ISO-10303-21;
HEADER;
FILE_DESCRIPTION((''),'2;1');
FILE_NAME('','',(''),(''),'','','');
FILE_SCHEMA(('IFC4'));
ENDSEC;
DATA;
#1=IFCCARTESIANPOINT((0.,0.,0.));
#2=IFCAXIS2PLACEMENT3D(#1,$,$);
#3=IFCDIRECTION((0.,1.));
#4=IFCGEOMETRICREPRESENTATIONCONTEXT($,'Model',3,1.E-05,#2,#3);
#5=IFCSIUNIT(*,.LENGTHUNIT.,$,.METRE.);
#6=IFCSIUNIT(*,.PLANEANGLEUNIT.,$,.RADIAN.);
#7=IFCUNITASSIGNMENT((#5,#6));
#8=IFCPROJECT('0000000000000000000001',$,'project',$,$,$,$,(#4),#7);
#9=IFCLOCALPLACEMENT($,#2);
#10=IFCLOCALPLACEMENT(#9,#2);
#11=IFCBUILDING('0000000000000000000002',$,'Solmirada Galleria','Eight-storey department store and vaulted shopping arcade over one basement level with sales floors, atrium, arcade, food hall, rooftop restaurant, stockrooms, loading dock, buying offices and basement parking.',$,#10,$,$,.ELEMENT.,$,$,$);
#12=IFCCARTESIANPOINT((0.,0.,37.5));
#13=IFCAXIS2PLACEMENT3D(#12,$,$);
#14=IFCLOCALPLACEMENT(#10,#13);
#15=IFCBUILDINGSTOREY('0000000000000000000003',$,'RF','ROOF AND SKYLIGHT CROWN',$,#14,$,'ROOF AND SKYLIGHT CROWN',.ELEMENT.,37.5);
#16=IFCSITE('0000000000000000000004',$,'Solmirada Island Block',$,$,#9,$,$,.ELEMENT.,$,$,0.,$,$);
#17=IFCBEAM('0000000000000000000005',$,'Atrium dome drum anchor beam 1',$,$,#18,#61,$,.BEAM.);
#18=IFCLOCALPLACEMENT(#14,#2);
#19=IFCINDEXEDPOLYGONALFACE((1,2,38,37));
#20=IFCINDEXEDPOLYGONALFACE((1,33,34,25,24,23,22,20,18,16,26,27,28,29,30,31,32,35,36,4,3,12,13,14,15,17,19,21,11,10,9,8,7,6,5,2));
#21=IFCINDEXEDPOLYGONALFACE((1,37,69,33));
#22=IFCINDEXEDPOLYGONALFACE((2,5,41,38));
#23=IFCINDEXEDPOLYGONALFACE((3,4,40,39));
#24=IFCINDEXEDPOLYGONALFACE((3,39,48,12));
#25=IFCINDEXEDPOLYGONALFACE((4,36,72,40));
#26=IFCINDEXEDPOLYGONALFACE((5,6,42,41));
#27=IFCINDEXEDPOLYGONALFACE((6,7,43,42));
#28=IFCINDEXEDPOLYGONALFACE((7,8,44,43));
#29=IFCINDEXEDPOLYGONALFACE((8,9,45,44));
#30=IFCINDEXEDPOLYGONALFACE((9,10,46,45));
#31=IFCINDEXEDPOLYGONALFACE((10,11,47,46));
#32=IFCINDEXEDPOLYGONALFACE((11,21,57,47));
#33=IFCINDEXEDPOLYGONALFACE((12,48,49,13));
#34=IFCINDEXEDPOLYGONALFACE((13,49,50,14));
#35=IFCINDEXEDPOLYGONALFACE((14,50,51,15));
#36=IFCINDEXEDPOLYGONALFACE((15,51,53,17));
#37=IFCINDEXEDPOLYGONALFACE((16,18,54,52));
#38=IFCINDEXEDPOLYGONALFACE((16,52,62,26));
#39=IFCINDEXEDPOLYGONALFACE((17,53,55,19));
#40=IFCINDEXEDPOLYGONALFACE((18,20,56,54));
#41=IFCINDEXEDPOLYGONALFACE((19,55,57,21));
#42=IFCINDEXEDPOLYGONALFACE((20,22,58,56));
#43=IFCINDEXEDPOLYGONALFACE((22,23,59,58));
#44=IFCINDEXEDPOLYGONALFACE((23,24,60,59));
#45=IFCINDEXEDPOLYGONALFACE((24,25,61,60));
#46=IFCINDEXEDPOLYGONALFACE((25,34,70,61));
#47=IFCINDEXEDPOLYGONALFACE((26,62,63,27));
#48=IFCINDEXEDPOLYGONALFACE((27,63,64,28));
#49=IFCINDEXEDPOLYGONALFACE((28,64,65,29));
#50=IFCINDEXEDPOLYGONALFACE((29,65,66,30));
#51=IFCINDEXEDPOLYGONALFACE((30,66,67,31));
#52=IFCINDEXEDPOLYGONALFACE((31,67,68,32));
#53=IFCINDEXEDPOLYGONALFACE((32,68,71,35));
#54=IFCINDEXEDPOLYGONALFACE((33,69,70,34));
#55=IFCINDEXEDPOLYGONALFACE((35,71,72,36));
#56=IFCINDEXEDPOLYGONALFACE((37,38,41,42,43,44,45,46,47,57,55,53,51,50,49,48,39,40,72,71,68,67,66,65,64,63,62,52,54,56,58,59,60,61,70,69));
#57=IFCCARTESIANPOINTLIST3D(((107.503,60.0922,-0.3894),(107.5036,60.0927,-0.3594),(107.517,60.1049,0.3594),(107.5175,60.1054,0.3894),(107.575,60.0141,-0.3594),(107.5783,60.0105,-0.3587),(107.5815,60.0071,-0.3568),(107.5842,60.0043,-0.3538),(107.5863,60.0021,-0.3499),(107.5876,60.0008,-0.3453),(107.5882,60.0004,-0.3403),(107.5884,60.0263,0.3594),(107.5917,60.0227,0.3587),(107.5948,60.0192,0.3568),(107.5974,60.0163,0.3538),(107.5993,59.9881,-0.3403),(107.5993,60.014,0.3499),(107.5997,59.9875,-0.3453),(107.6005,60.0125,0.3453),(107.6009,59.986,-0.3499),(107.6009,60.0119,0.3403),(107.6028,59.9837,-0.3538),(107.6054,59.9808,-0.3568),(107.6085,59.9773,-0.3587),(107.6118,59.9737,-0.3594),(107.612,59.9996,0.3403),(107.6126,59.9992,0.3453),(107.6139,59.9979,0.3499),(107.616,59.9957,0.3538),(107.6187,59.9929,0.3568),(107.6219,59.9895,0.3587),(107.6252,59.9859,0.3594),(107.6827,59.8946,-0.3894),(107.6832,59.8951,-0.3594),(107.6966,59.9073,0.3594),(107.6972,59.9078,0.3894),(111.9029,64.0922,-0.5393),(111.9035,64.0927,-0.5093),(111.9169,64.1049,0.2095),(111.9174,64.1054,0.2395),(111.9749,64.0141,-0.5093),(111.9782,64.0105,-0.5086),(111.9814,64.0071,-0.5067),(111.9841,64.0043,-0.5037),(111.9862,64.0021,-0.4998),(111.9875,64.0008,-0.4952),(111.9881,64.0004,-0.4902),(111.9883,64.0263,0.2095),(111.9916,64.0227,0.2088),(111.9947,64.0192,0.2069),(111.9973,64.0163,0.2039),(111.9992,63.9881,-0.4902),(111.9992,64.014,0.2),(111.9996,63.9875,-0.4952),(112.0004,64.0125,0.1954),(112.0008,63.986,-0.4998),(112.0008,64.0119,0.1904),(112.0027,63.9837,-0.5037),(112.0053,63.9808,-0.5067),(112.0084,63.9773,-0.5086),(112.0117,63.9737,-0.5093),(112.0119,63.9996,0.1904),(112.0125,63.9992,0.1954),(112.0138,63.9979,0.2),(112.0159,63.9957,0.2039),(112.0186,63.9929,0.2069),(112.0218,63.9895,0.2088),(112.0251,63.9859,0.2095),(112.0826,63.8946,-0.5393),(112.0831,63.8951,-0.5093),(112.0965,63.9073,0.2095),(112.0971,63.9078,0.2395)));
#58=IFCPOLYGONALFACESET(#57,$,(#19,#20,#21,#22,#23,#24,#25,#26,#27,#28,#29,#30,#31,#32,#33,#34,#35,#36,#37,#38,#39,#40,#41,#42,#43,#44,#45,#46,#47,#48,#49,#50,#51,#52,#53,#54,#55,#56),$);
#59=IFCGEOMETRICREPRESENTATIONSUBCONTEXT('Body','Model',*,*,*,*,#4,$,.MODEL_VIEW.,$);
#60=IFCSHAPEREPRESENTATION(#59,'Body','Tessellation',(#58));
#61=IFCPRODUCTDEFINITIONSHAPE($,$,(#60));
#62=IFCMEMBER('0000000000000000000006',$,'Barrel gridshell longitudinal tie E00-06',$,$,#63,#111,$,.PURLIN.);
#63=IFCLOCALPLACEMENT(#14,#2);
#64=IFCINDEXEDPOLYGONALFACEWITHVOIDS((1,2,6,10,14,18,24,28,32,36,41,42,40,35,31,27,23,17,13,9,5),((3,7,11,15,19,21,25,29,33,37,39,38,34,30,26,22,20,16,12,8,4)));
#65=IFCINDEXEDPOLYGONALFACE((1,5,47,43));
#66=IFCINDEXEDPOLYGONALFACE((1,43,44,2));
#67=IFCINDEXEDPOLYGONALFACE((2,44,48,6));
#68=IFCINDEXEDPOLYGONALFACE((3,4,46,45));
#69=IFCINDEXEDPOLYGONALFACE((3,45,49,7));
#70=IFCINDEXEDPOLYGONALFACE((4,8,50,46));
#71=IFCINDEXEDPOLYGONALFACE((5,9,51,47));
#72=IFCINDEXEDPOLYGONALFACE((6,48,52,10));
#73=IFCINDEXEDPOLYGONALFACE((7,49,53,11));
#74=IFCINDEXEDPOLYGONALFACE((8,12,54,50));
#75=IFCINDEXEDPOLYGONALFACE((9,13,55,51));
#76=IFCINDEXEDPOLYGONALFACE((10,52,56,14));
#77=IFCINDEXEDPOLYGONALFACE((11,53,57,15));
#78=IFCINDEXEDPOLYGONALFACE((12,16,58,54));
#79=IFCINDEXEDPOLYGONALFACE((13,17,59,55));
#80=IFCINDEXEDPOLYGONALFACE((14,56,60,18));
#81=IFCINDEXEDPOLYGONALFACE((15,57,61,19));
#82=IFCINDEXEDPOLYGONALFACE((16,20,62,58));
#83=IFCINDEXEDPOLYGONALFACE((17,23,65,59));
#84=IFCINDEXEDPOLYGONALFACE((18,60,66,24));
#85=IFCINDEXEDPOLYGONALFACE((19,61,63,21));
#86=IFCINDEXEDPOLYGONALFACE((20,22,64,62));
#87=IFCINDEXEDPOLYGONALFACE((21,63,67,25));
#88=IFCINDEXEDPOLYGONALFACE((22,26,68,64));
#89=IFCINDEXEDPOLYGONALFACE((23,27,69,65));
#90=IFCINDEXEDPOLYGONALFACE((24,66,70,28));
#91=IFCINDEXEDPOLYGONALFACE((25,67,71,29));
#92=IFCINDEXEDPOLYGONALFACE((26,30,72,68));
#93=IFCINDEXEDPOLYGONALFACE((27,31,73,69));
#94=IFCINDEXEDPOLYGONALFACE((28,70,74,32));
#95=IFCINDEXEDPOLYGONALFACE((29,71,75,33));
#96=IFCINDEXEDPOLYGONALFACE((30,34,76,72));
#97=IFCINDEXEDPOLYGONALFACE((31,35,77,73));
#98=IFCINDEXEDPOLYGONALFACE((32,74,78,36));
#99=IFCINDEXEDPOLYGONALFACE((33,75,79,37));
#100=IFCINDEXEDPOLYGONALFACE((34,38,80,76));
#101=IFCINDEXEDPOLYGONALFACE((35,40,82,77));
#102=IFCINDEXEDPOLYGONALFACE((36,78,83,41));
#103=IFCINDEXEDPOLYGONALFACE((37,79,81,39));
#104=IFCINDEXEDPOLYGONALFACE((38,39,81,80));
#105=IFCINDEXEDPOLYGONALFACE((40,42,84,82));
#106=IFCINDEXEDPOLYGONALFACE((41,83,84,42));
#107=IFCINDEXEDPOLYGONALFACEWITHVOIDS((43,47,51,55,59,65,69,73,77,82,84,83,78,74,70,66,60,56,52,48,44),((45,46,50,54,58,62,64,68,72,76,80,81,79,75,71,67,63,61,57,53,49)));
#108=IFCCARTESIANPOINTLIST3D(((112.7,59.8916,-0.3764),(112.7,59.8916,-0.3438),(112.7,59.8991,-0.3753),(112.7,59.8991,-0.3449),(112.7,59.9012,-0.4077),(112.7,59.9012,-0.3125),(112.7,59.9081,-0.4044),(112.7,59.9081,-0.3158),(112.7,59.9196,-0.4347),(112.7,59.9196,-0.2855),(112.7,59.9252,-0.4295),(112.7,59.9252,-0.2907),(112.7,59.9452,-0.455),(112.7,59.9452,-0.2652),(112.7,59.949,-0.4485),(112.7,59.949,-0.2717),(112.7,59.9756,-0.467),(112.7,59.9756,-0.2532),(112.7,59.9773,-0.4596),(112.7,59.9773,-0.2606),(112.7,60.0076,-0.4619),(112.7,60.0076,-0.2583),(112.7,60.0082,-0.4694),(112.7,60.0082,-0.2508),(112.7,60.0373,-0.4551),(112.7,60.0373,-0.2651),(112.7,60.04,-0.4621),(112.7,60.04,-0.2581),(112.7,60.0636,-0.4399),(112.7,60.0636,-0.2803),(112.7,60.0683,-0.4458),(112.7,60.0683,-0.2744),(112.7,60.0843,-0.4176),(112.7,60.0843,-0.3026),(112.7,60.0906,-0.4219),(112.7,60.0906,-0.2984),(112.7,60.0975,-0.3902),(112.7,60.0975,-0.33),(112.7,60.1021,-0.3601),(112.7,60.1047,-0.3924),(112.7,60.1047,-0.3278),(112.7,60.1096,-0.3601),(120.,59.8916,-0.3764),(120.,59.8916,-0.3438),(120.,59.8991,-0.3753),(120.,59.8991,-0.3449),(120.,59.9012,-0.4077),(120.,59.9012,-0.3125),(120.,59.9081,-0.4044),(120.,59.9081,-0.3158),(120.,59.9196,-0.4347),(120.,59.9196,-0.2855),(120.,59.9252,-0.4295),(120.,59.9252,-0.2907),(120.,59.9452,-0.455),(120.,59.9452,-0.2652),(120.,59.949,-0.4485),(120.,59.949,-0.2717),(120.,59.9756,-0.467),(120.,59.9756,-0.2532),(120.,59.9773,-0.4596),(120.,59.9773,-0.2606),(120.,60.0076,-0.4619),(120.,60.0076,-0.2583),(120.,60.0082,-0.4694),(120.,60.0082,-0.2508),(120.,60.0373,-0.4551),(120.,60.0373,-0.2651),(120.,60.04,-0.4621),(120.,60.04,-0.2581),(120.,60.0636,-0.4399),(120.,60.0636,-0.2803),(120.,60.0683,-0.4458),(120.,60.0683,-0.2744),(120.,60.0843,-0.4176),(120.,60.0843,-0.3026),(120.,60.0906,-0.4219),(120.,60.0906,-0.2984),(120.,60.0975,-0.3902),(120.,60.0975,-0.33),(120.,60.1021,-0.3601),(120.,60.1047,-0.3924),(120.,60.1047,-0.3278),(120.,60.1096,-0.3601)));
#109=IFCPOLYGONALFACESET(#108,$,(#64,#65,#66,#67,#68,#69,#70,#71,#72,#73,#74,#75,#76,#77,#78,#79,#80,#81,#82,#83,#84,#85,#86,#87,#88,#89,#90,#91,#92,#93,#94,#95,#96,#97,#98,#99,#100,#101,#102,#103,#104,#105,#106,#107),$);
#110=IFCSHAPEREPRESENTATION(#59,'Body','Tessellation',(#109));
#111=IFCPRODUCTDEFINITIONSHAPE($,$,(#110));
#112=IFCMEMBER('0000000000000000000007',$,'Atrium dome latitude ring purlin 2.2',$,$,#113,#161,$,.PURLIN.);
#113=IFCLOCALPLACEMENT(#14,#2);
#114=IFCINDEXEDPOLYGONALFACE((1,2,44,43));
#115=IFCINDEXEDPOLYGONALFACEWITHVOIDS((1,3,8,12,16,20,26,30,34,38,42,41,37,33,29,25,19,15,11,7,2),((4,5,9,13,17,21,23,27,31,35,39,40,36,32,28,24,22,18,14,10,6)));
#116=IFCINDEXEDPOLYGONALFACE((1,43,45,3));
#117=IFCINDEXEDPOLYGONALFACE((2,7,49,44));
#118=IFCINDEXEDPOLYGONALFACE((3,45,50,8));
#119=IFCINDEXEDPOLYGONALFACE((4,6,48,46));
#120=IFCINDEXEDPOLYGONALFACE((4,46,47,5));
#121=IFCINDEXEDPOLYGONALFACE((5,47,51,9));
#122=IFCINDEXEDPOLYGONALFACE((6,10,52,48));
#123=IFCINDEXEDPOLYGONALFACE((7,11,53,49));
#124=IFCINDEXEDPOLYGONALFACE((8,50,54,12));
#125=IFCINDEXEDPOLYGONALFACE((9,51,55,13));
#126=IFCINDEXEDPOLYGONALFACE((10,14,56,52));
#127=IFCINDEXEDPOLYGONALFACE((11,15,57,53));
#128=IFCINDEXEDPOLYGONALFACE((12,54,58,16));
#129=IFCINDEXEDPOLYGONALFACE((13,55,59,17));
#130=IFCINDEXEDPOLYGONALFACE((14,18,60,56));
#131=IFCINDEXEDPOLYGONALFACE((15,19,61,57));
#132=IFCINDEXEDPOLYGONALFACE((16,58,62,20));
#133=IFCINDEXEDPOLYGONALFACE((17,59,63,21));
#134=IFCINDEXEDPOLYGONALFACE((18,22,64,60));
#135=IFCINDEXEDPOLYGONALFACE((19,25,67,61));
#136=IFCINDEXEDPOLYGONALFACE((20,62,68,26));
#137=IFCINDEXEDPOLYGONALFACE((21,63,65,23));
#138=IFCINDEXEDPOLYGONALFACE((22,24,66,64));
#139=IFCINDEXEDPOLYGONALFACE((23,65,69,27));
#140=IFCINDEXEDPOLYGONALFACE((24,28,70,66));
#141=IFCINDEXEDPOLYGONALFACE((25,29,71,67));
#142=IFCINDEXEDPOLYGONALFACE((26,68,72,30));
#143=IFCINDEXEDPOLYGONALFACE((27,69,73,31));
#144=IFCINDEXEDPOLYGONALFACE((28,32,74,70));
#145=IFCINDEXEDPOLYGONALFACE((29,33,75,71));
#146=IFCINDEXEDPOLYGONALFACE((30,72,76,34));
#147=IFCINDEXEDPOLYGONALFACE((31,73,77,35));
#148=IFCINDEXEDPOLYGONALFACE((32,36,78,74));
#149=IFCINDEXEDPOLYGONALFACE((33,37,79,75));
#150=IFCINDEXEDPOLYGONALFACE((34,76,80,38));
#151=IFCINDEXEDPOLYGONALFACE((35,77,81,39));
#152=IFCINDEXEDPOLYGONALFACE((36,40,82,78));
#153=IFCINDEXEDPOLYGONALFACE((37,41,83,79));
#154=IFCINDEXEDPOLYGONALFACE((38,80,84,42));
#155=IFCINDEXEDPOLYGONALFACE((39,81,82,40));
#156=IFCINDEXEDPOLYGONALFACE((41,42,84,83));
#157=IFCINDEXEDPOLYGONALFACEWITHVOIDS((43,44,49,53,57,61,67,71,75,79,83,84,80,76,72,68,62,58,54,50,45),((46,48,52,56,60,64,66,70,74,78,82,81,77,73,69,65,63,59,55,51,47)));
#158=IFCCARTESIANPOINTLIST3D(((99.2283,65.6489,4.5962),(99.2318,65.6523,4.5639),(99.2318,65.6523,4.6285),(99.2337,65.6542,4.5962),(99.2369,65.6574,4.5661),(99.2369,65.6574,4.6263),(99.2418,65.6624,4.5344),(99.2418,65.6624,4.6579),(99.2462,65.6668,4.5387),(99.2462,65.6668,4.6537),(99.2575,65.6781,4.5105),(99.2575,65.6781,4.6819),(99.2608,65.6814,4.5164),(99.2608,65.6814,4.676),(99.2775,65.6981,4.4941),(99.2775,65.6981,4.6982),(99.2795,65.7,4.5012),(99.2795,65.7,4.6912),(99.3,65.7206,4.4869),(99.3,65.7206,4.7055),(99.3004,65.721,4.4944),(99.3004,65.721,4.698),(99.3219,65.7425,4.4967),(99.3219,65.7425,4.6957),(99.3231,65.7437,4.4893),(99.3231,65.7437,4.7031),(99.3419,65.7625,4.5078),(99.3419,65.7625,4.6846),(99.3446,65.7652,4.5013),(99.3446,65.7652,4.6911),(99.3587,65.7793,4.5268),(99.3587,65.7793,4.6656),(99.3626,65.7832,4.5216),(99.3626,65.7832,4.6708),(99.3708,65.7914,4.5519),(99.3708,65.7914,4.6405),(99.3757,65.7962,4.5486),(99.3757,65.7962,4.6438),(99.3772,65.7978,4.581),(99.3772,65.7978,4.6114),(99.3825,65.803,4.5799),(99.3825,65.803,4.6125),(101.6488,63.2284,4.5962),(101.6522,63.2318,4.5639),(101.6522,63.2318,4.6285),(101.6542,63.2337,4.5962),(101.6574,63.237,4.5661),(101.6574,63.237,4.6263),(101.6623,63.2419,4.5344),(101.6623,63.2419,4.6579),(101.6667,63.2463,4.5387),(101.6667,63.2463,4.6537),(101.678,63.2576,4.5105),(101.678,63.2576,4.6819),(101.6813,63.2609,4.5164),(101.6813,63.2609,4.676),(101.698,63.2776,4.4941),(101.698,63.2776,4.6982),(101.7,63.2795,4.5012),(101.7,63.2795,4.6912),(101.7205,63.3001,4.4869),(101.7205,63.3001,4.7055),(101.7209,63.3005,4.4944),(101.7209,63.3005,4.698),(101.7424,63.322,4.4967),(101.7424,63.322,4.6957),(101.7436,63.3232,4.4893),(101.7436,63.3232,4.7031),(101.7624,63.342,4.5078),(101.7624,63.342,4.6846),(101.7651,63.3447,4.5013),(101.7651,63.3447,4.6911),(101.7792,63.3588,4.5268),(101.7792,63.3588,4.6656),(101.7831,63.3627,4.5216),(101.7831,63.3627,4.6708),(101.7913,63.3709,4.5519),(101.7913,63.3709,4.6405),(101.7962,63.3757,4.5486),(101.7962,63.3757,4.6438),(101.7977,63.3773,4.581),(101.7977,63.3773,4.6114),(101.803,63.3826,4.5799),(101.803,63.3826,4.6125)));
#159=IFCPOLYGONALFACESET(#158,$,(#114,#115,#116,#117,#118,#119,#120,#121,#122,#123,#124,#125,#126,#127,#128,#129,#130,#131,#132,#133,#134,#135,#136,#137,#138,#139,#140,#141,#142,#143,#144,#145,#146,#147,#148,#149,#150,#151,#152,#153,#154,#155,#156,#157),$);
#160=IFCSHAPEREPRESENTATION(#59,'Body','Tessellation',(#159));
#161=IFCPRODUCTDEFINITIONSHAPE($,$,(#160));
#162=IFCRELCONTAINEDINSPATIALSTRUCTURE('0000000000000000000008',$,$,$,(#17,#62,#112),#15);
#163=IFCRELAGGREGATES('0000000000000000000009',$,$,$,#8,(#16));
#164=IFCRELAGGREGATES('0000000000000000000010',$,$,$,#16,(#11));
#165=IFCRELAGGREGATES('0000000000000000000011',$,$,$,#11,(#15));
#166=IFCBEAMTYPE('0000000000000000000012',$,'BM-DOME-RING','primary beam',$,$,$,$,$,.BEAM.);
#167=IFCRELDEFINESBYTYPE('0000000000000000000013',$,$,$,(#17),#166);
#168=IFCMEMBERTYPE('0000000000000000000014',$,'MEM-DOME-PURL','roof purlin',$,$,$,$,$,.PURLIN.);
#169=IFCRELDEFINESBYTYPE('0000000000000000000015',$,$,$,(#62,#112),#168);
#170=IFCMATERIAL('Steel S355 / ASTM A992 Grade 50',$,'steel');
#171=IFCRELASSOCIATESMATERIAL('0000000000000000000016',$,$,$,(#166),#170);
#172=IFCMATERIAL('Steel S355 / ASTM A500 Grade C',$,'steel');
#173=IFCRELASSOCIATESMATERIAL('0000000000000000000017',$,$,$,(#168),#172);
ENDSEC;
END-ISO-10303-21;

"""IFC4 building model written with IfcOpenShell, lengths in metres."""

from ifc_helpers import new_model, si_unit, direction, frame, origin, origin_2d, place, context, subcontext, project, spatial, hollow_circle, i_section, extrude, material, material_profile, profile_set, type_object, element, save


model = new_model("IFC4")

# Units and contexts
model_context = context("Model", 3, precision=1e-05, world=origin(), true_north=direction((0.0, 1.0)))
body_context = subcontext(model_context, "Body", "Model", "MODEL_VIEW")
ifc_project = project(units=[si_unit("LENGTHUNIT", "METRE"), si_unit("PLANEANGLEUNIT", "RADIAN")], contexts=[model_context])

# Site, building, storey
site_placement = place(None, origin())
site = spatial("IfcSite", under=ifc_project, at=site_placement, Name="Solmirada Island Block", CompositionType="ELEMENT", RefElevation=0.0)
building_placement = place(site_placement, origin())
building = spatial("IfcBuilding", under=site, at=building_placement, Name="Solmirada Galleria", Description="Eight-storey department store and vaulted shopping arcade over one basement level with sales floors, atrium, arcade, food hall, rooftop restaurant, stockrooms, loading dock, buying offices and basement parking.", CompositionType="ELEMENT")
storey_placement = place(building_placement, frame((0.0, 0.0, 37.5)))
storey = spatial("IfcBuildingStorey", under=building, at=storey_placement, Name="RF", Description="ROOF AND SKYLIGHT CROWN", LongName="ROOF AND SKYLIGHT CROWN", CompositionType="ELEMENT", Elevation=37.5)

# Beam
ifc_material_1 = material(Name="Steel S355 / ASTM A992 Grade 50", Category="steel")
ifc_material_profile_1 = material_profile(ifc_material_1, i_section(OverallWidth=0.2671, OverallDepth=0.7791, WebThickness=0.0166, FlangeThickness=0.03, FilletRadius=0.019, at=origin_2d()), Name="W30X148")
ifc_profile_set_1 = profile_set([ifc_material_profile_1], Name="Steel S355 / ASTM A992 Grade 50")
beam_type = type_object("IfcBeamType", Name="BM-DOME-RING", Description="primary beam", PredefinedType="BEAM", material=ifc_profile_set_1)
beam_placement = place(storey_placement, frame((112.0, 64.0, -0.1499), z_axis=(-0.739698, -0.672467, 0.025201), x_axis=(0.672681, -0.739933, 0.0)))
element("IfcBeam", 1, at=beam_placement, inside=storey, type_object=beam_type, Name="Atrium dome drum anchor beam 1", PredefinedType="BEAM", context=body_context, shape_type="SweptSolid", body=[
    extrude(i_section(OverallWidth=0.2671, OverallDepth=0.7791, WebThickness=0.0166, FlangeThickness=0.03, FilletRadius=0.019, at=origin_2d()), origin(), (0.0, 0.0, 1.0), 5.9482),
])

# Members
ifc_material_2 = material(Name="Steel S355 / ASTM A500 Grade C", Category="steel")
ifc_material_profile_2 = material_profile(ifc_material_2, hollow_circle(Radius=0.1096, WallThickness=0.0076, at=origin_2d()), Name="HSS8.625X0.322")
ifc_profile_set_2 = profile_set([ifc_material_profile_2], Name="Steel S355 / ASTM A500 Grade C")
member_type_1 = type_object("IfcMemberType", Name="MEM-DOME-PURL", Description="roof purlin", PredefinedType="PURLIN", material=ifc_profile_set_2)
member_1_placement = place(storey_placement, frame((112.7, 60.0, -0.3601), z_axis=(1.0, 0.0, 0.0), x_axis=(0.0, 1.0, 0.0)))
element("IfcMember", 2, at=member_1_placement, inside=storey, type_object=member_type_1, Name="Barrel gridshell longitudinal tie E00-06", PredefinedType="PURLIN", context=body_context, shape_type="SweptSolid", body=[
    extrude(hollow_circle(Radius=0.1096, WallThickness=0.0076, at=origin_2d()), origin(), (0.0, 0.0, 1.0), 7.3),
])
member_2_placement = place(storey_placement, frame((101.7263, 63.3059, 4.5962), z_axis=(-0.707107, 0.707107, 0.0), x_axis=(-0.707107, -0.707107, 0.0)))
element("IfcMember", 3, at=member_2_placement, inside=storey, type_object=member_type_1, Name="Atrium dome latitude ring purlin 2.2", PredefinedType="PURLIN", context=body_context, shape_type="SweptSolid", body=[
    extrude(hollow_circle(Radius=0.1096, WallThickness=0.0076, at=origin_2d()), origin(), (0.0, 0.0, 1.0), 3.4231),
])

save(model, "model.ifc")
